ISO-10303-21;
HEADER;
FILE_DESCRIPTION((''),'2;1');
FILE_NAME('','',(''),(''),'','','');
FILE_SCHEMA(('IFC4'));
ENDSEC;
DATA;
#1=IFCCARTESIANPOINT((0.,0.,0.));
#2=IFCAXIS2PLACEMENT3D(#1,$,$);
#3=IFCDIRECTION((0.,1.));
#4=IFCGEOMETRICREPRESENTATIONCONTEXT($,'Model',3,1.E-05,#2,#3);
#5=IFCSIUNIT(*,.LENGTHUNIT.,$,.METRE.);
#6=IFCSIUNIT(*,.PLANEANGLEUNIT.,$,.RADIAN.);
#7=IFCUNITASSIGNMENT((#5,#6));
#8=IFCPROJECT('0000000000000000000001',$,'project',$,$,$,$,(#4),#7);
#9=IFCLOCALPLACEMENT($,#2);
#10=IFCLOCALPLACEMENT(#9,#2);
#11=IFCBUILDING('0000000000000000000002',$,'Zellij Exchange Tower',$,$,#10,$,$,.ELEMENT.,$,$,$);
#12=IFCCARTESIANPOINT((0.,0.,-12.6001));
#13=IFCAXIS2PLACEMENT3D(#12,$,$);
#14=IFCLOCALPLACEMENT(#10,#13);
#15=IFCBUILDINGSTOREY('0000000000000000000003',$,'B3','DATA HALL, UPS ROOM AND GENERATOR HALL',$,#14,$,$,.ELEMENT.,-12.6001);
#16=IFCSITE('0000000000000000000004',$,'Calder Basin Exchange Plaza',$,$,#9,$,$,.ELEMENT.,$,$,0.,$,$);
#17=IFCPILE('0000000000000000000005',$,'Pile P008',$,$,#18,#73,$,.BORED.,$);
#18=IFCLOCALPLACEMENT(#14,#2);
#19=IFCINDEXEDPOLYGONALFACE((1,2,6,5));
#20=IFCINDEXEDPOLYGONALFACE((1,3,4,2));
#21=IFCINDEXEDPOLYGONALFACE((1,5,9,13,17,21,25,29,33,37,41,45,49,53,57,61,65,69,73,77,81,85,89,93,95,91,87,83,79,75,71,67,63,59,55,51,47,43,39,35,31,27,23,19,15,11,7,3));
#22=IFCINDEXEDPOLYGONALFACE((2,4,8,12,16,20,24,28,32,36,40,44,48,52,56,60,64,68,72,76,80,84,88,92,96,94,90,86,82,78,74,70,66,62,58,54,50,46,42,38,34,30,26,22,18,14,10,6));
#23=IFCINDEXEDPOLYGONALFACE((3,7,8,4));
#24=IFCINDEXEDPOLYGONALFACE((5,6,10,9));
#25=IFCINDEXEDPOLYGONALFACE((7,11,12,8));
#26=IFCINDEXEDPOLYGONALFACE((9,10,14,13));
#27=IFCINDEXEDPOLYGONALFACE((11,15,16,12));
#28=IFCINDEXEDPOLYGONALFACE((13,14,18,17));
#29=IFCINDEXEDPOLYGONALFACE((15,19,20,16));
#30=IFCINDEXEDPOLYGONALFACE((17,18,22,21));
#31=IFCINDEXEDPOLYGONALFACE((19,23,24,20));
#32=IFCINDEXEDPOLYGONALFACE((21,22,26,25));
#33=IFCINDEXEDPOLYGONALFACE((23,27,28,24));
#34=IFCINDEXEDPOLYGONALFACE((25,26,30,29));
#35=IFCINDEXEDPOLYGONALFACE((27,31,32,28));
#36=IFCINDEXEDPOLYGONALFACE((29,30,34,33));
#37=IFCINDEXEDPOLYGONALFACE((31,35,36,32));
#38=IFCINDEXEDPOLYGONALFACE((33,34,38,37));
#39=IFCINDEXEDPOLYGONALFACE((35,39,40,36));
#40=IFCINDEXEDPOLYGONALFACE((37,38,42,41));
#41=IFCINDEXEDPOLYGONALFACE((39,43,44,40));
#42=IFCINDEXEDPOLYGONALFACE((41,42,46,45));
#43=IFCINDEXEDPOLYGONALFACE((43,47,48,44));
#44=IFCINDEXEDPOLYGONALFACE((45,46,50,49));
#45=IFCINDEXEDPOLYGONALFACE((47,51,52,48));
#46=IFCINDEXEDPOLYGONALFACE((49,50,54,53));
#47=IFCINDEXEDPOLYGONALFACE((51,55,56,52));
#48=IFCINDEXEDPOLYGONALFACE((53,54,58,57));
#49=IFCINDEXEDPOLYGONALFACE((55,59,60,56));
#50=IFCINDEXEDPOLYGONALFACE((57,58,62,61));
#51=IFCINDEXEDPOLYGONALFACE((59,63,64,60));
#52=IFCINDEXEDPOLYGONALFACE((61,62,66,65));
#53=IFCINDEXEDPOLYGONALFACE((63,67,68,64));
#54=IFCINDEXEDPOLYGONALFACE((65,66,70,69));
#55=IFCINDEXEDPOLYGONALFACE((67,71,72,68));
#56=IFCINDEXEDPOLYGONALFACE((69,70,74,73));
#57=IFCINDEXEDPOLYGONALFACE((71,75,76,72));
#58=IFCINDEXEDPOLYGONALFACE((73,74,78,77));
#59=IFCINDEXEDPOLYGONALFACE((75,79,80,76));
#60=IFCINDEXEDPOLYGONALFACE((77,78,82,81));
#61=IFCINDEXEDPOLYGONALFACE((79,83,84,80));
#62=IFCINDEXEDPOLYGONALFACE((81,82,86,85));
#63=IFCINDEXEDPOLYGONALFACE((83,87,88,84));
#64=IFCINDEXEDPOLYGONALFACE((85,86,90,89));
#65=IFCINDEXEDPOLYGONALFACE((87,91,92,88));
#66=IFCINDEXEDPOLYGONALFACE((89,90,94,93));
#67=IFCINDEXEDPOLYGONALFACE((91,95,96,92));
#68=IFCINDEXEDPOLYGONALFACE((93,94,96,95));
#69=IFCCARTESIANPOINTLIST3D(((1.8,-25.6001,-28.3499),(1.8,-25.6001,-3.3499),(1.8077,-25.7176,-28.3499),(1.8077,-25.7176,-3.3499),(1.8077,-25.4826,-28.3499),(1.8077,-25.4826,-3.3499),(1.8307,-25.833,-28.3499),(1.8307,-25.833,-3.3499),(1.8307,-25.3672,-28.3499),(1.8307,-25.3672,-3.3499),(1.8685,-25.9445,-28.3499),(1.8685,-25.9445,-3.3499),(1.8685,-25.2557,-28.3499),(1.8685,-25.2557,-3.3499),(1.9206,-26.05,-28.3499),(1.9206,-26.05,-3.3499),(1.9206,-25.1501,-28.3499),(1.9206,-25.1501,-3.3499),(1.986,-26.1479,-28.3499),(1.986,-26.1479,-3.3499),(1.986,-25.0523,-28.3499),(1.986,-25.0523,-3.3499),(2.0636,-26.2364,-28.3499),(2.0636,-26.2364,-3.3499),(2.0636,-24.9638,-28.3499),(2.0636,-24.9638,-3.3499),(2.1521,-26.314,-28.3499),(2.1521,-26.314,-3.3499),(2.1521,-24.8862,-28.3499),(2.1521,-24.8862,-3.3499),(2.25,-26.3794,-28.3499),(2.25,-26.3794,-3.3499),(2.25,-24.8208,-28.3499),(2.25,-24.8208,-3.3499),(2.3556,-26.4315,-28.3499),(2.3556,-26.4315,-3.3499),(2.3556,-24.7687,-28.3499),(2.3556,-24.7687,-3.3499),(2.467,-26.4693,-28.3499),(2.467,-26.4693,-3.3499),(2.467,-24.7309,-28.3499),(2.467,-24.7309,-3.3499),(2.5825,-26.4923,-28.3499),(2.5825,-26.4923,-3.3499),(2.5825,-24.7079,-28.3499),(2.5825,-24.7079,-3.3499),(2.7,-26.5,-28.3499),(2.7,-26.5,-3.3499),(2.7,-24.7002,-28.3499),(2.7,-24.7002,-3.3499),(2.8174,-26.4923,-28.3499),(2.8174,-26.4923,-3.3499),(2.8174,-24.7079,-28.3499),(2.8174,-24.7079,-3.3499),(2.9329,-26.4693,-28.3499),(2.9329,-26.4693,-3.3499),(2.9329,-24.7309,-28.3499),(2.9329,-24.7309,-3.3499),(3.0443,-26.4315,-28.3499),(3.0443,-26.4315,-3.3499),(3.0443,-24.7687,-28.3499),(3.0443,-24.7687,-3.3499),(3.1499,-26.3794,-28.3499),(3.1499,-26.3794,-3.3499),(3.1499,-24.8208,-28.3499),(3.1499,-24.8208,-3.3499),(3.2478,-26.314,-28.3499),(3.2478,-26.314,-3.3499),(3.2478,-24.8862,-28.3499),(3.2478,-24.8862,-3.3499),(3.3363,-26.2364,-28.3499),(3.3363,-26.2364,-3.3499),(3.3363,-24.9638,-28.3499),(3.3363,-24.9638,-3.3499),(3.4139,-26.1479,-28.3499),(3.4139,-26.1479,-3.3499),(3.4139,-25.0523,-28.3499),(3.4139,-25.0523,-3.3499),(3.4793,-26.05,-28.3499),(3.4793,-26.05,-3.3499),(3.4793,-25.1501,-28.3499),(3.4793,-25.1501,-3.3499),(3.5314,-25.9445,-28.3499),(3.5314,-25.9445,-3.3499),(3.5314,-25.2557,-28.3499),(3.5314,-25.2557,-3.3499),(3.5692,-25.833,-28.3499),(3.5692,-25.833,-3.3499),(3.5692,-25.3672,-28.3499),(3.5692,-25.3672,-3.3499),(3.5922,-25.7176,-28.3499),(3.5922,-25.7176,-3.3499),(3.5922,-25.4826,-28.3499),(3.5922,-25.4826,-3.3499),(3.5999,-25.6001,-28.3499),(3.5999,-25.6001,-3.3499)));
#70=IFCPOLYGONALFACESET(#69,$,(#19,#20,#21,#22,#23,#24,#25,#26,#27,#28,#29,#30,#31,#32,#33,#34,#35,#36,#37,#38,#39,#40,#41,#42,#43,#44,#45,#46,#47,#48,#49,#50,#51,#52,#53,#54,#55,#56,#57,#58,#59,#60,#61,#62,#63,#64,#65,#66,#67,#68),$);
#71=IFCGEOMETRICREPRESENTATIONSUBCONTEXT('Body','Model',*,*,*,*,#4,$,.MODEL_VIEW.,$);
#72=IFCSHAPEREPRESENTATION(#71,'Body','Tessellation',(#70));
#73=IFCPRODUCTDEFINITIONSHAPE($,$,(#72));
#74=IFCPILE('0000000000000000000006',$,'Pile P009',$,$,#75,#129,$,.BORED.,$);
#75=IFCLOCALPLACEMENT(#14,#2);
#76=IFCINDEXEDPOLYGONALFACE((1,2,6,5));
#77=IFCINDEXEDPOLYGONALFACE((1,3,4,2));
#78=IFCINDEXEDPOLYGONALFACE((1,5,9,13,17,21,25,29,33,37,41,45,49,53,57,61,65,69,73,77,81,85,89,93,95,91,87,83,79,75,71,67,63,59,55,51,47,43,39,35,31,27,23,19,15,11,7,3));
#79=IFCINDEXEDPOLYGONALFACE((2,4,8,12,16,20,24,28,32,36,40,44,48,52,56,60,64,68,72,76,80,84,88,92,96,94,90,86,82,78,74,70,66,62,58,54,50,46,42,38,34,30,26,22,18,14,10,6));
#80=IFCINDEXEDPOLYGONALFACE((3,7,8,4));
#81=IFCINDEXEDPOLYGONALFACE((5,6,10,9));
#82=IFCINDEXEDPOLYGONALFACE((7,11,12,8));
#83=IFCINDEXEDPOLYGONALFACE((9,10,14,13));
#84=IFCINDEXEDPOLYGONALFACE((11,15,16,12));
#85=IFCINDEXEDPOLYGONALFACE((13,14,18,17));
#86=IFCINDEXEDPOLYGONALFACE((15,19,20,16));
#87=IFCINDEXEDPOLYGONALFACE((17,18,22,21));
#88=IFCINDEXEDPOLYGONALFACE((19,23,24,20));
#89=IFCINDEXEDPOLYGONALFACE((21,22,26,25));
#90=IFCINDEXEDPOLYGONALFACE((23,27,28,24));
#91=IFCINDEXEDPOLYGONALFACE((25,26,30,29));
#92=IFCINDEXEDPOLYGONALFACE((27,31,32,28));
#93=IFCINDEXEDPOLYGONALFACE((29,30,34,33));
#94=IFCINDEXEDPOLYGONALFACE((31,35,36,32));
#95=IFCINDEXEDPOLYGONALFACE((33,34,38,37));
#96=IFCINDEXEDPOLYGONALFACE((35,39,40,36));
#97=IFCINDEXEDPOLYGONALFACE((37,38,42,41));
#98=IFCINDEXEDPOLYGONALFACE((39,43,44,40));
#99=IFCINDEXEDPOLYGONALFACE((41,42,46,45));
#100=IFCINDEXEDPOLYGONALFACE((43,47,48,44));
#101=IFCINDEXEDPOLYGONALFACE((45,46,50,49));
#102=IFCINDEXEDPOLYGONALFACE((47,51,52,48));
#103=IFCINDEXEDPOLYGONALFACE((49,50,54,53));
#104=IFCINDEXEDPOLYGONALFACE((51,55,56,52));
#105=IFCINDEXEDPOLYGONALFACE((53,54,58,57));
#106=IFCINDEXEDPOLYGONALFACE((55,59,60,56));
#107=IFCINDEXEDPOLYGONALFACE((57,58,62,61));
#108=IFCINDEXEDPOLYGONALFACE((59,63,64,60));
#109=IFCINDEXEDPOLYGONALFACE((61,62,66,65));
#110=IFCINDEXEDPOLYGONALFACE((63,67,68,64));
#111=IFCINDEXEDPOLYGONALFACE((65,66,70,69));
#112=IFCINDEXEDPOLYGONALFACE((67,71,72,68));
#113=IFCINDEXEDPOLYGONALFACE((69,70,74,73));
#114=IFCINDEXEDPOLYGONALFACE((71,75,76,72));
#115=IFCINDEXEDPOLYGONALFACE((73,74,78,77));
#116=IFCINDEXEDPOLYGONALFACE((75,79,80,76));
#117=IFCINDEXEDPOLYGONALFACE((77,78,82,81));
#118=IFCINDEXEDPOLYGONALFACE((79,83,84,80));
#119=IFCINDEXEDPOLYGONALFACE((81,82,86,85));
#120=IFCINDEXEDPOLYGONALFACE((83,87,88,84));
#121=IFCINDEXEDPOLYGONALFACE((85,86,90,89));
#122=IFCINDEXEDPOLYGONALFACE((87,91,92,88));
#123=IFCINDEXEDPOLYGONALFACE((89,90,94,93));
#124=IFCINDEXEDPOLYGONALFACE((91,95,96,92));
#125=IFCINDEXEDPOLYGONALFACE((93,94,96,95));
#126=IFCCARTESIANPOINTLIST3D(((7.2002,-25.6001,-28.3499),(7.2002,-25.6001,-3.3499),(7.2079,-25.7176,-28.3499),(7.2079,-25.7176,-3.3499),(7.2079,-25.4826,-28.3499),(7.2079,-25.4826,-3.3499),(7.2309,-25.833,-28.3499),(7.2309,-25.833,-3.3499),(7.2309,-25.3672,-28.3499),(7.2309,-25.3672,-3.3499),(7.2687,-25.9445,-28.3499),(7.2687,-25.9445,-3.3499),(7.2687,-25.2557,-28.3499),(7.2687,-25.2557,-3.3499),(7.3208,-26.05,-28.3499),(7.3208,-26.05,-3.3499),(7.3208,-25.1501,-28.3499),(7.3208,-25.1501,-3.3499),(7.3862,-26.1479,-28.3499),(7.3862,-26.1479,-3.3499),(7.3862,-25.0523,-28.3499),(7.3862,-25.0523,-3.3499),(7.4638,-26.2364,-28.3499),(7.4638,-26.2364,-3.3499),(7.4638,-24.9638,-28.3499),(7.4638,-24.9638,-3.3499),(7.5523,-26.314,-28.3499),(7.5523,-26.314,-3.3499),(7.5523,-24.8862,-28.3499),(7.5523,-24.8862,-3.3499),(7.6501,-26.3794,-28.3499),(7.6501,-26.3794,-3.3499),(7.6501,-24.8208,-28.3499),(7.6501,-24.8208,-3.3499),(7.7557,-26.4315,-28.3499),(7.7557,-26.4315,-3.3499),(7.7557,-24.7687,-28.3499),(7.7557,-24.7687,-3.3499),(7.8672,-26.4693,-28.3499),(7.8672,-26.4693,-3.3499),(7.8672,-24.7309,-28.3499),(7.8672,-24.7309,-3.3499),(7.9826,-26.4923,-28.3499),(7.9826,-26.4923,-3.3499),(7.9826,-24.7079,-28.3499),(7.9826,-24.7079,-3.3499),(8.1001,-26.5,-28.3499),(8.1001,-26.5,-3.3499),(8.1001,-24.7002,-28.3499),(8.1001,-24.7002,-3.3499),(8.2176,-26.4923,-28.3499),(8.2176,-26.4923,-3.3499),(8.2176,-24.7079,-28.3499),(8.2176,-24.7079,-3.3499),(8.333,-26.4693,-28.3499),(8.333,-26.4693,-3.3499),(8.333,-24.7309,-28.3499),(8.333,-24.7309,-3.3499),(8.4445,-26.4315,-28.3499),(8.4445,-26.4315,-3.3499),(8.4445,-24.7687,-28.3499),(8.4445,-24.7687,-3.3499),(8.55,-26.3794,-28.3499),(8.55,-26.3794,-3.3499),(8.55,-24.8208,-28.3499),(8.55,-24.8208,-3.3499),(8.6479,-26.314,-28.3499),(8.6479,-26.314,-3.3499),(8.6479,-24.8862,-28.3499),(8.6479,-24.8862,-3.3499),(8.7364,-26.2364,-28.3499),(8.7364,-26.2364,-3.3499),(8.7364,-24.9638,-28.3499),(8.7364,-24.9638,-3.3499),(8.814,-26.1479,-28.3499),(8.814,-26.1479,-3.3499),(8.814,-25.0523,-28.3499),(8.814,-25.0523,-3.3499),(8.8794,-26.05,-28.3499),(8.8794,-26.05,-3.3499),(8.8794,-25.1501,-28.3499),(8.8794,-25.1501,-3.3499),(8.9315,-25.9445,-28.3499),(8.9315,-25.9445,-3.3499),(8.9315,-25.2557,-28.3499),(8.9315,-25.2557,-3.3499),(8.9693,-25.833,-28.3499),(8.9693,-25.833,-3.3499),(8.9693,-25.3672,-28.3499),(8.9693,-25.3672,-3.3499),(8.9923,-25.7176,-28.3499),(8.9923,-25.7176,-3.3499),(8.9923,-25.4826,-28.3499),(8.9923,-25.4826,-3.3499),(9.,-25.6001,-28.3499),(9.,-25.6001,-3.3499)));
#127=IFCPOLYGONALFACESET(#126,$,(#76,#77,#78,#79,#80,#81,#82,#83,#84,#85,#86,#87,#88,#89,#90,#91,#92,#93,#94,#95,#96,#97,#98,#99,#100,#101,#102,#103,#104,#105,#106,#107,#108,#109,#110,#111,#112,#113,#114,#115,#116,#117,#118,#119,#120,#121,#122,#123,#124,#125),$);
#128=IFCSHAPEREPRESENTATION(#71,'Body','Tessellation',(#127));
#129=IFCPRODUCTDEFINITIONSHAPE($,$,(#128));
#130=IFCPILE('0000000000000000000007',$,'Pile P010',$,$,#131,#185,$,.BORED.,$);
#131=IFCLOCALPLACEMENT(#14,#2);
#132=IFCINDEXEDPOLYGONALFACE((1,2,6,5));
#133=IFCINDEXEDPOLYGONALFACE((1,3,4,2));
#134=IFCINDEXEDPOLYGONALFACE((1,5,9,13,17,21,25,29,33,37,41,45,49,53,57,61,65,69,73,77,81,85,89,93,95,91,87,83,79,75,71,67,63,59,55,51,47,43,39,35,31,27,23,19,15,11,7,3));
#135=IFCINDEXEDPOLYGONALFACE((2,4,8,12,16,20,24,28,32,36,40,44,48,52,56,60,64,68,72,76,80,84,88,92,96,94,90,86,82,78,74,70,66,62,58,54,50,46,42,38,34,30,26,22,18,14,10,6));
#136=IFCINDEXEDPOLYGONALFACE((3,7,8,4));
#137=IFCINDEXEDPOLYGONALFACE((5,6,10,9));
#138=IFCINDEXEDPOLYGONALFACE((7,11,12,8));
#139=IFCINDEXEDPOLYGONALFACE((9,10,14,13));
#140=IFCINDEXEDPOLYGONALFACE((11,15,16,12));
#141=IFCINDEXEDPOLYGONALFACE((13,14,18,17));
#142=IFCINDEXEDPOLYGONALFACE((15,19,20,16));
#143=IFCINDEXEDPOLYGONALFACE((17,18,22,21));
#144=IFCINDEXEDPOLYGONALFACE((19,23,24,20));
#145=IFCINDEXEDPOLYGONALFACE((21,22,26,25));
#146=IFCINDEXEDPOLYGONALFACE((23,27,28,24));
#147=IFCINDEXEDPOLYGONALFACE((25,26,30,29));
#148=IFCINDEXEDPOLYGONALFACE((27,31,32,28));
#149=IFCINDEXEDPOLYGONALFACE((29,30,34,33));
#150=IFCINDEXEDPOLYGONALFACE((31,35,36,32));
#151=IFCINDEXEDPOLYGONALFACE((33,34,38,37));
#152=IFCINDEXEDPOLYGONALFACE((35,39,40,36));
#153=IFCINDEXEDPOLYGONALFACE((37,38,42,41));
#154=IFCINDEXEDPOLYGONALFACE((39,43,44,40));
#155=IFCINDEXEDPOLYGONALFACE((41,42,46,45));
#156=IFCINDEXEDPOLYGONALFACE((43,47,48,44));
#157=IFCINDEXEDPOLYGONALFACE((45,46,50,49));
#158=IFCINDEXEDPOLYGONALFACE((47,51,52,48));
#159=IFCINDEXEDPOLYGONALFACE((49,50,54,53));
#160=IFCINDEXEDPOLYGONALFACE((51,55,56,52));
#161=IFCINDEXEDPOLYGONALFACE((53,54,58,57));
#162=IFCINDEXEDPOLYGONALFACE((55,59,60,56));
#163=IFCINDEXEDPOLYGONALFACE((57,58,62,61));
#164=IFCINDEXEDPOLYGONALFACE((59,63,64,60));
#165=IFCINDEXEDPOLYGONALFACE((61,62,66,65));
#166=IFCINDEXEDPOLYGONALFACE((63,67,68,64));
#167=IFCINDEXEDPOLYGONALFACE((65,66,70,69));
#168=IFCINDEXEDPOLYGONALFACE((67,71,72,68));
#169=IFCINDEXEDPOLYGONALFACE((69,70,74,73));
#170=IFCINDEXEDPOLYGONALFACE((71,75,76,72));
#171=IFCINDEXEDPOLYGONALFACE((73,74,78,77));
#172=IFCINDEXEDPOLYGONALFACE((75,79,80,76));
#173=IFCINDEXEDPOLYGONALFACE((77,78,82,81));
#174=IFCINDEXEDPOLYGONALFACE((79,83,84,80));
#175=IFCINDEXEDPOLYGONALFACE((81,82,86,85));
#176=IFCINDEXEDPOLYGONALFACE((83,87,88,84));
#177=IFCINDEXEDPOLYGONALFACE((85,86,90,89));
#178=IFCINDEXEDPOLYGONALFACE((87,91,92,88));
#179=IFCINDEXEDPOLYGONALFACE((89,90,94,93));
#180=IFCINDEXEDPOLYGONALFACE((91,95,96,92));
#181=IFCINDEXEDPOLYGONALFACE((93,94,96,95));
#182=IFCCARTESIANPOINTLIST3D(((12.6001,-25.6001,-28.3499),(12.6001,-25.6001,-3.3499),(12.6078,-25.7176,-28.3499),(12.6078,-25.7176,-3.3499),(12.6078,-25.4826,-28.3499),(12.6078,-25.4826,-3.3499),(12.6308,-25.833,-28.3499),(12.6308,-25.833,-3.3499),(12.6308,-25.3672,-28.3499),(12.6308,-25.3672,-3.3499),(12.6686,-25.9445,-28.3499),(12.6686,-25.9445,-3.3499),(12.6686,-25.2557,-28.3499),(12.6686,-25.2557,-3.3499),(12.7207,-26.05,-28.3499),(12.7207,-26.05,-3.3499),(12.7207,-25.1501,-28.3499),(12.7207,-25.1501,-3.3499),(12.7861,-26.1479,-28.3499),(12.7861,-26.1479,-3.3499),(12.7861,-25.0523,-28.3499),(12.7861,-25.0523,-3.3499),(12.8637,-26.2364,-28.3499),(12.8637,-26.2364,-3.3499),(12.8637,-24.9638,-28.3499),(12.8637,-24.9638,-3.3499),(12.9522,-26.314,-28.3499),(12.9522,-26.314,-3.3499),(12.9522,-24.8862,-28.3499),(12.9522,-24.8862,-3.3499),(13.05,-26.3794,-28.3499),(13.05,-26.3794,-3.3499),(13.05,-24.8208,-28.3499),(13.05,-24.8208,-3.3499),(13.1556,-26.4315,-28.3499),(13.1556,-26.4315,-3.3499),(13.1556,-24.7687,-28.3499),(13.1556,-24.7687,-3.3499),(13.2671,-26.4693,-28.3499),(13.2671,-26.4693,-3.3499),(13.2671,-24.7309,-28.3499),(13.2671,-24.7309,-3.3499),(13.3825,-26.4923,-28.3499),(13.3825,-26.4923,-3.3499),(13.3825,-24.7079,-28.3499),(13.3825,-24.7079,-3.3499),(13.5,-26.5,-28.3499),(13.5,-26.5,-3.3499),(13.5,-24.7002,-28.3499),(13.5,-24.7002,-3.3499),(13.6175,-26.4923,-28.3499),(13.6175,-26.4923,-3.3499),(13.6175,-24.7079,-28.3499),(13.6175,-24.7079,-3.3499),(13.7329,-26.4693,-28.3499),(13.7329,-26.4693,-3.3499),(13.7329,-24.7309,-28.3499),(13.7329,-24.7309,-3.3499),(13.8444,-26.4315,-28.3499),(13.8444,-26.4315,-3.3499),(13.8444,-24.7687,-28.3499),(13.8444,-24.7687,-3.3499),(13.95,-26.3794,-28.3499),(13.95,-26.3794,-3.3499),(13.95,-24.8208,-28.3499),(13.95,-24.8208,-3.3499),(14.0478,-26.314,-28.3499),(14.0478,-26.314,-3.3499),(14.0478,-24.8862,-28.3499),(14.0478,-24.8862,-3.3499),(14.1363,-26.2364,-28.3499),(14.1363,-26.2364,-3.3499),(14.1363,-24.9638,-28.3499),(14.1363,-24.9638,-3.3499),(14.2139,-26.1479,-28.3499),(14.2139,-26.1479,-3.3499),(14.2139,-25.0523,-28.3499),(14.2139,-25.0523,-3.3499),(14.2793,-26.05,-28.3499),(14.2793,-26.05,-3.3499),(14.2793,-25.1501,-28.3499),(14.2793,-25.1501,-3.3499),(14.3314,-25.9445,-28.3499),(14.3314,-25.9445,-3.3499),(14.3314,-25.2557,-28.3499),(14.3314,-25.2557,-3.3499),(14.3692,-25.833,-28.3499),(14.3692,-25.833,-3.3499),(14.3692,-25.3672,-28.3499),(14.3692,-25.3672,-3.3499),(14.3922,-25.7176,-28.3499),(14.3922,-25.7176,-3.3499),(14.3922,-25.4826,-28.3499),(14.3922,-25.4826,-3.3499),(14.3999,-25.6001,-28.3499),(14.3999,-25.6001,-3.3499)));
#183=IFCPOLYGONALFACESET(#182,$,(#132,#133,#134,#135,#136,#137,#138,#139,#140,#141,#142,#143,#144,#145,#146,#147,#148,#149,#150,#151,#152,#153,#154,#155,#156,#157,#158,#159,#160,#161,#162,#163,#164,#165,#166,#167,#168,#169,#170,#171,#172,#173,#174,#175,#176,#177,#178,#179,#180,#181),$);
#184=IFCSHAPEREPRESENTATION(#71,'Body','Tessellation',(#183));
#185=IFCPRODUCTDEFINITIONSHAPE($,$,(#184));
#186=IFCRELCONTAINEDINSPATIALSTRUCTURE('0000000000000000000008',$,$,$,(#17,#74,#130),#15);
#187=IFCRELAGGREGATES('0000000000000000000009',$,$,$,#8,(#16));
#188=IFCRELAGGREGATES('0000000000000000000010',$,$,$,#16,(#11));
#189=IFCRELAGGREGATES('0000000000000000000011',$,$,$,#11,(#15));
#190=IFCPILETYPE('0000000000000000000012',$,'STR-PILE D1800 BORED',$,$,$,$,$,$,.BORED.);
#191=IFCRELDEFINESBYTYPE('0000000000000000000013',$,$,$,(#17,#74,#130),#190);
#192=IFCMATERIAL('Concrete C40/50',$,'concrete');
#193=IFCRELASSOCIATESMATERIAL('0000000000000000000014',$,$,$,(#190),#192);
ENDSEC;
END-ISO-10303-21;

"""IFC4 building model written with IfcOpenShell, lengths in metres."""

from ifc_helpers import new_model, si_unit, direction, frame, origin, origin_2d, place, context, subcontext, project, spatial, circle, extrude, material, material_profile, profile_set, type_object, element, save


model = new_model("IFC4")

# Units and contexts
model_context = context("Model", 3, precision=1e-05, world=origin(), true_north=direction((0.0, 1.0)))
body_context = subcontext(model_context, "Body", "Model", "MODEL_VIEW")
ifc_project = project(units=[si_unit("LENGTHUNIT", "METRE"), si_unit("PLANEANGLEUNIT", "RADIAN")], contexts=[model_context])

# Site, building, storey
site_placement = place(None, origin())
site = spatial("IfcSite", under=ifc_project, at=site_placement, Name="Calder Basin Exchange Plaza", CompositionType="ELEMENT", RefElevation=0.0)
building_placement = place(site_placement, origin())
building = spatial("IfcBuilding", under=site, at=building_placement, Name="Zellij Exchange Tower", CompositionType="ELEMENT")
storey_placement = place(building_placement, frame((0.0, 0.0, -12.6001)))
storey = spatial("IfcBuildingStorey", under=building, at=storey_placement, Name="B3", Description="DATA HALL, UPS ROOM AND GENERATOR HALL", CompositionType="ELEMENT", Elevation=-12.6001)

# Piles
ifc_material_1 = material(Name="Concrete C40/50", Category="concrete")
ifc_material_profile_1 = material_profile(ifc_material_1, circle(Radius=0.8999, at=origin_2d()), Name="STR-PILE D1800 BORED")
ifc_profile_set_1 = profile_set([ifc_material_profile_1], Name="Concrete C40/50")
pile_type = type_object("IfcPileType", Name="STR-PILE D1800 BORED", PredefinedType="BORED", material=ifc_profile_set_1)
for number, where, z_axis, x_axis, name in (
    (1, (2.7, -25.6001, -3.3499), (0.0, 0.0, -1.0), (1.0, 0.0, 0.0), "Pile P008"),
    (2, (8.1001, -25.6001, -3.3499), (0.0, 0.0, -1.0), (1.0, 0.0, 0.0), "Pile P009"),
    (3, (13.5, -25.6001, -3.3499), (0.0, 0.0, -1.0), (1.0, 0.0, 0.0), "Pile P010"),
):
    element("IfcPile", number, at=place(storey_placement, frame(where, z_axis=z_axis, x_axis=x_axis)), inside=storey, type_object=pile_type, Name=name, PredefinedType="BORED", context=body_context, shape_type="SweptSolid", body=[
        extrude(circle(Radius=0.8999, at=origin_2d()), origin(), (0.0, 0.0, 1.0), 25.0),
    ])

save(model, "model.ifc")
